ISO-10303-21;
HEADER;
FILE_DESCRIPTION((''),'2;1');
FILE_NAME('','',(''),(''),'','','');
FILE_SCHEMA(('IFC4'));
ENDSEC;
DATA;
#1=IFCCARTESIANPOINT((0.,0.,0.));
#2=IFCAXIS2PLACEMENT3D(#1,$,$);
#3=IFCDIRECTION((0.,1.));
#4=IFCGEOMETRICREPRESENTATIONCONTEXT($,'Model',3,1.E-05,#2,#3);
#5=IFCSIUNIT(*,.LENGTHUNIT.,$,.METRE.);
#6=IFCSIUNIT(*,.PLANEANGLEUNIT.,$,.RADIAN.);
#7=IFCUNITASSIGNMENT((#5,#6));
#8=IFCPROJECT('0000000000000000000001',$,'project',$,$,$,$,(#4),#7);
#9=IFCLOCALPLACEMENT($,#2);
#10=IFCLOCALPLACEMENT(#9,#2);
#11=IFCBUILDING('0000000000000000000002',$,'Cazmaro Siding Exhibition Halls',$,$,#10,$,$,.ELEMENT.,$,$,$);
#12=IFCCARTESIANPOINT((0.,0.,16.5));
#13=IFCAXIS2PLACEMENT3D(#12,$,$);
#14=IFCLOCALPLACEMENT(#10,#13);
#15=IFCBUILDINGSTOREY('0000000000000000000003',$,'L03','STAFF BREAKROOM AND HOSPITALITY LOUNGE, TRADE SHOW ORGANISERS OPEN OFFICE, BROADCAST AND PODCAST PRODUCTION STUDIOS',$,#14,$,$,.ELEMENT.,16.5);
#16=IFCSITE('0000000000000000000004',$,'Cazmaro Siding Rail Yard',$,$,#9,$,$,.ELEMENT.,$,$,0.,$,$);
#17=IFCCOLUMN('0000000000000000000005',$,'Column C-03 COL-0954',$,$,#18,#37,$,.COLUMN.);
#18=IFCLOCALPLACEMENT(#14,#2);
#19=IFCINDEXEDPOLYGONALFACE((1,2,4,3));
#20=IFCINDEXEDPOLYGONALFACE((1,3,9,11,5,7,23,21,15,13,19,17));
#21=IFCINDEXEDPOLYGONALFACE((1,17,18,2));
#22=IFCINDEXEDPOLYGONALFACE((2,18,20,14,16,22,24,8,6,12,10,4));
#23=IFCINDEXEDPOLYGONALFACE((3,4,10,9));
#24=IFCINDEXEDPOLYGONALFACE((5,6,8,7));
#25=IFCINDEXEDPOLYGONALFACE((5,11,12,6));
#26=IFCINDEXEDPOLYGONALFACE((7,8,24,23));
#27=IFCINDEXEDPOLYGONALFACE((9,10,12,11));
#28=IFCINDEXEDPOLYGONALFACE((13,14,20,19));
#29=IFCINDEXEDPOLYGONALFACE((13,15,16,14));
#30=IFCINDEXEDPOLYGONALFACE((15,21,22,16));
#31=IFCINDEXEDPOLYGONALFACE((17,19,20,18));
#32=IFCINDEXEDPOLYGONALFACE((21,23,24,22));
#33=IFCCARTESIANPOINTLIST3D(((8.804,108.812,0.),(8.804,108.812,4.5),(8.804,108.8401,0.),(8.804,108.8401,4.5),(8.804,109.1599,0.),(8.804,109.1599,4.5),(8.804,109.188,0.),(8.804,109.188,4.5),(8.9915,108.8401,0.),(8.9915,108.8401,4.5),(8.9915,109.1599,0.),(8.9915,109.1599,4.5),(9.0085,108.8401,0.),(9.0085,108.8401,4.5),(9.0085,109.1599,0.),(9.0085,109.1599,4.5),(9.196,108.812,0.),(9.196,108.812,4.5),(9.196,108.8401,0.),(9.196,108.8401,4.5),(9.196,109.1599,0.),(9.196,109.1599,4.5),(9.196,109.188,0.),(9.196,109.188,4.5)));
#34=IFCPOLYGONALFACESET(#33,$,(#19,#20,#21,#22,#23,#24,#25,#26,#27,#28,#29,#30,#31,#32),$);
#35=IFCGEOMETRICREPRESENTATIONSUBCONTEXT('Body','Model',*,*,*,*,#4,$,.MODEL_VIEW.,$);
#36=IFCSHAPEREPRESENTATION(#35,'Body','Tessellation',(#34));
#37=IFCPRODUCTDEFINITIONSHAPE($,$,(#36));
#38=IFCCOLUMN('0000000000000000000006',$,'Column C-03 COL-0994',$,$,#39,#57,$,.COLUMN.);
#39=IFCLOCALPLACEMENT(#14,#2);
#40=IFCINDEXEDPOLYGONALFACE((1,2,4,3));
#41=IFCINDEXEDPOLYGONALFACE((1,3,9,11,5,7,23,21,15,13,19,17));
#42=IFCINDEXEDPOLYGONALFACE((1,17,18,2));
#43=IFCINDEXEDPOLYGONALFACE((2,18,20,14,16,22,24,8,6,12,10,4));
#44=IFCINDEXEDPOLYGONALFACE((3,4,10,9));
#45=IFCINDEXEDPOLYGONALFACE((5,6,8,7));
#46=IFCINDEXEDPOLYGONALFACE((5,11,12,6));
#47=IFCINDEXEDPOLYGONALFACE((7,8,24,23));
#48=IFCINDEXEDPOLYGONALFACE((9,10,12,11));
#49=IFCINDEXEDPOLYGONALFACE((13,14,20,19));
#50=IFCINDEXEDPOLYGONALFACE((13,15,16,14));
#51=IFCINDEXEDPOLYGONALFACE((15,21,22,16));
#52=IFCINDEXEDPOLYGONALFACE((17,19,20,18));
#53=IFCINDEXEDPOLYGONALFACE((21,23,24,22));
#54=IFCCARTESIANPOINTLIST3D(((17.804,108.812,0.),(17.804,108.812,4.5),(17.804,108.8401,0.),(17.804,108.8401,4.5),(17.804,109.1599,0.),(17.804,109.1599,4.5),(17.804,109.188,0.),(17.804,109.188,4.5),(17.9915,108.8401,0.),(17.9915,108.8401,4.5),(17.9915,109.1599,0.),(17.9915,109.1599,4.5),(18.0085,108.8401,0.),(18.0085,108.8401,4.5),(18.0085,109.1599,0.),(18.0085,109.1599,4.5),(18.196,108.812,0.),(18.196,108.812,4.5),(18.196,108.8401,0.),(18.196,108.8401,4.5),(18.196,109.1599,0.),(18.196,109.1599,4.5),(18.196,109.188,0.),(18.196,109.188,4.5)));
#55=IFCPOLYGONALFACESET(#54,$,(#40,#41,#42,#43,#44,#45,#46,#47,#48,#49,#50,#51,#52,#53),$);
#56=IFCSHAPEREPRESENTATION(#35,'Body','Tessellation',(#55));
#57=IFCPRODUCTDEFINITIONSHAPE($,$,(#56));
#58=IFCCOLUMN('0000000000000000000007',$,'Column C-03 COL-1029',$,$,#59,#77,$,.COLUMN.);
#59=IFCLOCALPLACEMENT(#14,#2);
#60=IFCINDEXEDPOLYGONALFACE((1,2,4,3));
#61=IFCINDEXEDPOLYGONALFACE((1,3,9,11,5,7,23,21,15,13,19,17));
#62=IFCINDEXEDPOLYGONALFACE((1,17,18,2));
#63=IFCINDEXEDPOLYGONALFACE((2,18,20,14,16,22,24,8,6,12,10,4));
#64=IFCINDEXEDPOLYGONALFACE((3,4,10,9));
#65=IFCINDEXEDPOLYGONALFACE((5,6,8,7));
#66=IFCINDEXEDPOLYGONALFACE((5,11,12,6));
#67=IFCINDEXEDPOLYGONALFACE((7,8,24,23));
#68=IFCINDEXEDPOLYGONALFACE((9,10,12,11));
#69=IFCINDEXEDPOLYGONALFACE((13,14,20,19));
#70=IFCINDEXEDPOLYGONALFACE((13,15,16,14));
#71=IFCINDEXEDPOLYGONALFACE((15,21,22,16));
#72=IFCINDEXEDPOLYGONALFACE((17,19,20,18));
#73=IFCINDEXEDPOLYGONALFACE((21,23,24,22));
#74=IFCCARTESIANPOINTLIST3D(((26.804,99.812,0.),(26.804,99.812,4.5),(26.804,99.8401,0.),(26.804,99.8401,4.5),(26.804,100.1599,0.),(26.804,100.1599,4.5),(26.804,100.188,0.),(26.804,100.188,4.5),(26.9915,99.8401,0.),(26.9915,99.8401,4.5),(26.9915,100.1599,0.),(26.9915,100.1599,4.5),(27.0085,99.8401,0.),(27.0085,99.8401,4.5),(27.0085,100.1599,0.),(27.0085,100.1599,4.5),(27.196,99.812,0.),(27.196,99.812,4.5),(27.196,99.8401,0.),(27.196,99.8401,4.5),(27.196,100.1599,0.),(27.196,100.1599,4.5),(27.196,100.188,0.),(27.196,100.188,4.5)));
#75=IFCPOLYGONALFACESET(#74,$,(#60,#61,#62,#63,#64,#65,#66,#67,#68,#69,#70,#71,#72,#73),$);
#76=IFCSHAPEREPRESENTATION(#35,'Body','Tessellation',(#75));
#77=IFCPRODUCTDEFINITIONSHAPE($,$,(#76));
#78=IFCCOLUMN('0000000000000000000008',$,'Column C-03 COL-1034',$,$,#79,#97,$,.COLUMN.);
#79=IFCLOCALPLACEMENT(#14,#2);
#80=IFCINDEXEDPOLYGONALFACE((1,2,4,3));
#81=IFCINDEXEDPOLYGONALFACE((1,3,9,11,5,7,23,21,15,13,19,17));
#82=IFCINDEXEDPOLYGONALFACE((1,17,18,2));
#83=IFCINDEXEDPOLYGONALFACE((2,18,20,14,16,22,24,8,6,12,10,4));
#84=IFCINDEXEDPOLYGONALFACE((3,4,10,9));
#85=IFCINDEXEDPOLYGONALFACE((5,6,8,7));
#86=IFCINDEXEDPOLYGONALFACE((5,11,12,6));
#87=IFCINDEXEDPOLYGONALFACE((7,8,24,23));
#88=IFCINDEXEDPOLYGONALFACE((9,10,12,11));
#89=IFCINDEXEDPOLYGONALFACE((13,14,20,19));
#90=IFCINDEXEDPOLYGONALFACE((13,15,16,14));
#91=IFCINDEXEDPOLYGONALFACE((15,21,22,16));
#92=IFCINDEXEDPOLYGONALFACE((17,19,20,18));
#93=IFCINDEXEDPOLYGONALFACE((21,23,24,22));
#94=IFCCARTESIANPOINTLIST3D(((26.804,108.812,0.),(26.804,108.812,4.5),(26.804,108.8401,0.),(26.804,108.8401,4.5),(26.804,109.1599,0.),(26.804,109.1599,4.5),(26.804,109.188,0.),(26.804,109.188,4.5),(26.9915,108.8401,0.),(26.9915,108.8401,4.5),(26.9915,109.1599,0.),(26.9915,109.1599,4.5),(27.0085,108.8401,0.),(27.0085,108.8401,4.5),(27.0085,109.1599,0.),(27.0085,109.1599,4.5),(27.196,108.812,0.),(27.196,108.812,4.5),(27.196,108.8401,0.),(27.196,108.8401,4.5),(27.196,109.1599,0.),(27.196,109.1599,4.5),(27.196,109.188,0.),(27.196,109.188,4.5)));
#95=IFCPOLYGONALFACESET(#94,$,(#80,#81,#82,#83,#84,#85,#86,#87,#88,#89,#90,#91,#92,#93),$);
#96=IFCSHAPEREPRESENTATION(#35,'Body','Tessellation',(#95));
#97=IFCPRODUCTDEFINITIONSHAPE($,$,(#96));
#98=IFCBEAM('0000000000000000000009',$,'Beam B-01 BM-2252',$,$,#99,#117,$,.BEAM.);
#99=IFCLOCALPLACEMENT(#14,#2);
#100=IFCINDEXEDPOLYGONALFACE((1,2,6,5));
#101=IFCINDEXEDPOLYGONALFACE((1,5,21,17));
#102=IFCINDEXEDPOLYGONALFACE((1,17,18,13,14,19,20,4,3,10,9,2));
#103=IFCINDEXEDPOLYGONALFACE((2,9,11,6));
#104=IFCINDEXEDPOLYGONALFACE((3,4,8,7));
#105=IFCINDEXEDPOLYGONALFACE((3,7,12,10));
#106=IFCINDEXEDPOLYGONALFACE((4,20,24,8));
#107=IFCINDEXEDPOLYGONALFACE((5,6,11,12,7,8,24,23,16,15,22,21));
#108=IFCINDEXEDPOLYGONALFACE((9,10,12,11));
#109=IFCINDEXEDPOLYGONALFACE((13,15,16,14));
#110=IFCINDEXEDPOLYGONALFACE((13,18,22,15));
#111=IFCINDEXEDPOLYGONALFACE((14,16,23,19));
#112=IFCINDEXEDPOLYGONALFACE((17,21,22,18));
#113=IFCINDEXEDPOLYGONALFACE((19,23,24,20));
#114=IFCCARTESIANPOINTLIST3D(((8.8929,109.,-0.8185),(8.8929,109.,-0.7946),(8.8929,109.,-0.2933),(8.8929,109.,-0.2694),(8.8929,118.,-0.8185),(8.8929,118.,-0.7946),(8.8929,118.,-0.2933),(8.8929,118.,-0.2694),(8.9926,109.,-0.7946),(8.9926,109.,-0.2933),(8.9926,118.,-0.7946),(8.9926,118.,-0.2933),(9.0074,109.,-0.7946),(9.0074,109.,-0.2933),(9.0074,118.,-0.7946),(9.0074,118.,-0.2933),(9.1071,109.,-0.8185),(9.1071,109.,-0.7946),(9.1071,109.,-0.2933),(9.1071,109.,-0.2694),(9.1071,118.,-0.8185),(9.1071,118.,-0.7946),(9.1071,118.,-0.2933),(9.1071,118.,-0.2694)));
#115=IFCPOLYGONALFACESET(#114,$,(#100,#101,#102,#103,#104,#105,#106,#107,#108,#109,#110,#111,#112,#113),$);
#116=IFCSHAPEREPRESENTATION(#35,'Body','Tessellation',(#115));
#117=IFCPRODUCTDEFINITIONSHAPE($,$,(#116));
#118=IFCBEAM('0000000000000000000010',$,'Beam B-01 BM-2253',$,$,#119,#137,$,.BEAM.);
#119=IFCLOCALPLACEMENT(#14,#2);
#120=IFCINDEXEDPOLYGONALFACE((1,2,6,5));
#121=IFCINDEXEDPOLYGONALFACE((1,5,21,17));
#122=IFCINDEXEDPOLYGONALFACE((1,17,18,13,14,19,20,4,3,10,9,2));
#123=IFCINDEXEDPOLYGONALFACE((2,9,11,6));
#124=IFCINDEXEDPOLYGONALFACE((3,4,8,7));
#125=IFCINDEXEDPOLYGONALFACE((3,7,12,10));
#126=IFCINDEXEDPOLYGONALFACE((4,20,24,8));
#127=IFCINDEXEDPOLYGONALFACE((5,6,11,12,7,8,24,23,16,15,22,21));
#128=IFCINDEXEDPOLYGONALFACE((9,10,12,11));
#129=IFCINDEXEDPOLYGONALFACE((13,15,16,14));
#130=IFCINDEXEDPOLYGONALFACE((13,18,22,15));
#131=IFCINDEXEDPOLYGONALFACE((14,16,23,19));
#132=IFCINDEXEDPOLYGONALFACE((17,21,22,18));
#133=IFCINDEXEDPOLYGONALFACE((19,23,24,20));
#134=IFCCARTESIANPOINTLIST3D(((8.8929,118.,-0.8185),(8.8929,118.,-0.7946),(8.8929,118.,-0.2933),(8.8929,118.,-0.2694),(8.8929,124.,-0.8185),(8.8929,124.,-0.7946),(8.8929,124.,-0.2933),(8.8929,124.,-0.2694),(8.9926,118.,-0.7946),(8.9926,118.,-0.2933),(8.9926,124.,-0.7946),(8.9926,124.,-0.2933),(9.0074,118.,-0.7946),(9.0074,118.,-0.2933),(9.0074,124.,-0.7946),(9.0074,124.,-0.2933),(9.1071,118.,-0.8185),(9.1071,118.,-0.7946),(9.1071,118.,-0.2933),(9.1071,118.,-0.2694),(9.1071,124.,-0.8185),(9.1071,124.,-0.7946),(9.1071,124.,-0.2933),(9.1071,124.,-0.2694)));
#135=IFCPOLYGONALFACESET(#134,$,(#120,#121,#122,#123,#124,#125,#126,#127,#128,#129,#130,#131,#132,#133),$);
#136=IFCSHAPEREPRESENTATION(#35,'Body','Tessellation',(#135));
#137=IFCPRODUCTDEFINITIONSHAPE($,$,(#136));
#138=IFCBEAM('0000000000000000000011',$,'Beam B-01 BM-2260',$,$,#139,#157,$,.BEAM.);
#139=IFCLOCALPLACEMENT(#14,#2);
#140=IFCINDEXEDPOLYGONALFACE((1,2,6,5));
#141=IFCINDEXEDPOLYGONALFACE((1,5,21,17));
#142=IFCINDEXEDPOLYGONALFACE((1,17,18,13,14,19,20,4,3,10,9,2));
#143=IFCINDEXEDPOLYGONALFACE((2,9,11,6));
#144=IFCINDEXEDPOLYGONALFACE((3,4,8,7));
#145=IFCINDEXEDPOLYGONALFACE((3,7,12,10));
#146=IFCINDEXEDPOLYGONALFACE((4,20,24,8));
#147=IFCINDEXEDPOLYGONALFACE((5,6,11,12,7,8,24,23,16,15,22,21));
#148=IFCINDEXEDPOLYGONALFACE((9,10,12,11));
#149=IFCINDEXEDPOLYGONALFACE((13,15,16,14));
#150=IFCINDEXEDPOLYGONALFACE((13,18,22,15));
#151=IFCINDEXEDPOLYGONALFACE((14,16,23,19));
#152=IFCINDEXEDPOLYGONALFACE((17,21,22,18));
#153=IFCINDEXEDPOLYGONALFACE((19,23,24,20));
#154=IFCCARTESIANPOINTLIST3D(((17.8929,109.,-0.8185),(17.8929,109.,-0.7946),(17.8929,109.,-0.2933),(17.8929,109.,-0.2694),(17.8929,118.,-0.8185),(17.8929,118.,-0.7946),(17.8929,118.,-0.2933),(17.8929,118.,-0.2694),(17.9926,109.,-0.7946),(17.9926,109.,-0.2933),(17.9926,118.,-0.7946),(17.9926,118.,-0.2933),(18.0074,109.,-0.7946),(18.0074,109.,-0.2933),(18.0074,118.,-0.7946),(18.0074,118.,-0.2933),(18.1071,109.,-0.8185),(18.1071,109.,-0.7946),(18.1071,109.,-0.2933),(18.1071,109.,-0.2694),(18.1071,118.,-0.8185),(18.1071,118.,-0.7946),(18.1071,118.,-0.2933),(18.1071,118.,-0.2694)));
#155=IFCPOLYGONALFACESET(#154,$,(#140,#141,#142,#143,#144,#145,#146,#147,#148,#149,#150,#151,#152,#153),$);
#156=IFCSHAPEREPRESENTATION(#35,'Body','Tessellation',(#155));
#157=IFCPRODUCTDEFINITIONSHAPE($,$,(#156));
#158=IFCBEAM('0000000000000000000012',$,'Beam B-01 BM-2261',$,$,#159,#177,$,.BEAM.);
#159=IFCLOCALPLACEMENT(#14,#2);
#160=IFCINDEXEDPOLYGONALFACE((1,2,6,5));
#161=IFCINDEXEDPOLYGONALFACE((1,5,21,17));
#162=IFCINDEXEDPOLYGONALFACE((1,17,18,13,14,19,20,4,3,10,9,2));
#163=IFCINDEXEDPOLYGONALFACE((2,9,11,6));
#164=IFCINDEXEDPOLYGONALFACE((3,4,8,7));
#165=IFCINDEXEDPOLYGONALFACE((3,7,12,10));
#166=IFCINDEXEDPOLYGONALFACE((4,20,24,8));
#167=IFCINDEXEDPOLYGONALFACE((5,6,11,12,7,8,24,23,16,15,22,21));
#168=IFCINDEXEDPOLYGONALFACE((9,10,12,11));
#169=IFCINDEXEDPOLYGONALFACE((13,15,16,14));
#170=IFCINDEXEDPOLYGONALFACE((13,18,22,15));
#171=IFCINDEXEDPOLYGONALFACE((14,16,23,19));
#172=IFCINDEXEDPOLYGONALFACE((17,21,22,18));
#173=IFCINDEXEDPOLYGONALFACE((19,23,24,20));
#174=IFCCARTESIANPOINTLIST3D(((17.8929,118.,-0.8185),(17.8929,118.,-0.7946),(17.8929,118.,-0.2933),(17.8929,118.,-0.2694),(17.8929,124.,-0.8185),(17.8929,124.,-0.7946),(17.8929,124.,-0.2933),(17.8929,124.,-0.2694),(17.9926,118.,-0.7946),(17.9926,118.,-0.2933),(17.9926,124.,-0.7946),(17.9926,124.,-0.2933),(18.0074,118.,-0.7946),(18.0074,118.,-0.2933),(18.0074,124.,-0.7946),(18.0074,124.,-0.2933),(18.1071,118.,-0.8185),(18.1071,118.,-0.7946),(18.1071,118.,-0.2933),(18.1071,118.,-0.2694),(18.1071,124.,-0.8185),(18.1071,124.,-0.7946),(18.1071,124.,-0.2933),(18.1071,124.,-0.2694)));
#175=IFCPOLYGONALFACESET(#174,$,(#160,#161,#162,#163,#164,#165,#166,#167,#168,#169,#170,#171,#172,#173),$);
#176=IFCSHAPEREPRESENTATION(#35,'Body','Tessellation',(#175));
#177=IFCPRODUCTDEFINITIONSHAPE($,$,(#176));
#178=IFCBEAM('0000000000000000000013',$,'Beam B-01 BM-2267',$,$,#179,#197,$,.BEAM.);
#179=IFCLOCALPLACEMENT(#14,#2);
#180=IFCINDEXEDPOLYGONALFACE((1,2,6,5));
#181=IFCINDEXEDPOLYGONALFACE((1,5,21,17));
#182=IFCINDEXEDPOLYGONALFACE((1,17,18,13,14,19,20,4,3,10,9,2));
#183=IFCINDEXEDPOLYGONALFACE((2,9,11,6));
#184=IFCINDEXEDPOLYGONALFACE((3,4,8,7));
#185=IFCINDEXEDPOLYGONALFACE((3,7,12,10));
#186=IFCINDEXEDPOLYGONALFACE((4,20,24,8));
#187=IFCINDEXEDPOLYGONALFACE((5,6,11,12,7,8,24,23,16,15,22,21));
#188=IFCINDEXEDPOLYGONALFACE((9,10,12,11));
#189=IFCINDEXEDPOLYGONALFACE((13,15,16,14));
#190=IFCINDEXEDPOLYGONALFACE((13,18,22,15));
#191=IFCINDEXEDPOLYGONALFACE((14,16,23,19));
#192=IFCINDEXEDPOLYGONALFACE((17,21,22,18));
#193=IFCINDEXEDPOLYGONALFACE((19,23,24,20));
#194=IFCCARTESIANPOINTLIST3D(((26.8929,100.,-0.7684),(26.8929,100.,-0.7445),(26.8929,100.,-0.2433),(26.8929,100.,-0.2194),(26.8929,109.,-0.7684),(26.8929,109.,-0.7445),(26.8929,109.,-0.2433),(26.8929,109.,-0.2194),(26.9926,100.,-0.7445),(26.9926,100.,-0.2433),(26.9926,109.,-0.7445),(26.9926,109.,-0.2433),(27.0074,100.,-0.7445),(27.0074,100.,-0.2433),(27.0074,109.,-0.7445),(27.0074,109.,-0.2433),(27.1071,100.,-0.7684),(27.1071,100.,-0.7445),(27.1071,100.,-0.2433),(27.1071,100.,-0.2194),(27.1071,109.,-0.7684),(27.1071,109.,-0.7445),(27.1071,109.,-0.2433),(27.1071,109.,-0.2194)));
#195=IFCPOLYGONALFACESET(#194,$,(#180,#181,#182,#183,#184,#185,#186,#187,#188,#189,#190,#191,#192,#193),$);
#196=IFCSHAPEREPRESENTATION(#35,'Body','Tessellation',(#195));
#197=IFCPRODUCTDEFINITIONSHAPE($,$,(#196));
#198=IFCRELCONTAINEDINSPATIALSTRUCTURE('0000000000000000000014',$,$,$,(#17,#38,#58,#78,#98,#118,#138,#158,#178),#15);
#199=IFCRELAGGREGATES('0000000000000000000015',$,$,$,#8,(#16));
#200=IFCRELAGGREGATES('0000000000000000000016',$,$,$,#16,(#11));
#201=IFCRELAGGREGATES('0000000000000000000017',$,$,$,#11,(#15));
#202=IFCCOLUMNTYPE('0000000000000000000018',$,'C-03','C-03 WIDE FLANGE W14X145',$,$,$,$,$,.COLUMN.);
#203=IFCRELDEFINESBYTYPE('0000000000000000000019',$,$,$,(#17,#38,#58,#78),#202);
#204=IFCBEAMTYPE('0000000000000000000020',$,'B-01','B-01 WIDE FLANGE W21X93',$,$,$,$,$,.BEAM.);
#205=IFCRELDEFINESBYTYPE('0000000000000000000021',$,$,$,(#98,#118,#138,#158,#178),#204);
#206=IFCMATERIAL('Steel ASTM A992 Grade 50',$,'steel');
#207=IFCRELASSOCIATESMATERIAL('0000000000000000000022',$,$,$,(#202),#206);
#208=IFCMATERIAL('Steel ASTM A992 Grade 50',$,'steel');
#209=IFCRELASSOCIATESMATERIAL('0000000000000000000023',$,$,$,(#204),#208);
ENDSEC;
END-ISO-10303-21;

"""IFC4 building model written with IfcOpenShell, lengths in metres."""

from ifc_helpers import new_model, si_unit, direction, frame, origin, origin_2d, place, context, subcontext, project, spatial, i_section, extrude, material, material_profile, profile_set, type_object, element, save


model = new_model("IFC4")

# Units and contexts
model_context = context("Model", 3, precision=1e-05, world=origin(), true_north=direction((0.0, 1.0)))
body_context = subcontext(model_context, "Body", "Model", "MODEL_VIEW")
ifc_project = project(units=[si_unit("LENGTHUNIT", "METRE"), si_unit("PLANEANGLEUNIT", "RADIAN")], contexts=[model_context])

# Site, building, storey
site_placement = place(None, origin())
site = spatial("IfcSite", under=ifc_project, at=site_placement, Name="Cazmaro Siding Rail Yard", CompositionType="ELEMENT", RefElevation=0.0)
building_placement = place(site_placement, origin())
building = spatial("IfcBuilding", under=site, at=building_placement, Name="Cazmaro Siding Exhibition Halls", CompositionType="ELEMENT")
storey_placement = place(building_placement, frame((0.0, 0.0, 16.5)))
storey = spatial("IfcBuildingStorey", under=building, at=storey_placement, Name="L03", Description="STAFF BREAKROOM AND HOSPITALITY LOUNGE, TRADE SHOW ORGANISERS OPEN OFFICE, BROADCAST AND PODCAST PRODUCTION STUDIOS", CompositionType="ELEMENT", Elevation=16.5)

# Columns
ifc_material_1 = material(Name="Steel ASTM A992 Grade 50", Category="steel")
ifc_material_profile_1 = material_profile(ifc_material_1, i_section(OverallWidth=0.3921, OverallDepth=0.376, WebThickness=0.0171, FlangeThickness=0.0281, at=origin_2d()), Name="W14X145")
ifc_profile_set_1 = profile_set([ifc_material_profile_1], Name="Steel ASTM A992 Grade 50")
column_type = type_object("IfcColumnType", Name="C-03", Description="C-03 WIDE FLANGE W14X145", PredefinedType="COLUMN", material=ifc_profile_set_1)
for number, where, z_axis, x_axis, name in (
    (1, (9.0, 109.0, 0.0), (0.0, 0.0, 1.0), (1.0, 0.0, 0.0), "Column C-03 COL-0954"),
    (2, (18.0, 109.0, 0.0), (0.0, 0.0, 1.0), (1.0, 0.0, 0.0), "Column C-03 COL-0994"),
    (3, (27.0, 100.0, 0.0), (0.0, 0.0, 1.0), (1.0, 0.0, 0.0), "Column C-03 COL-1029"),
    (4, (27.0, 109.0, 0.0), (0.0, 0.0, 1.0), (1.0, 0.0, 0.0), "Column C-03 COL-1034"),
):
    element("IfcColumn", number, at=place(storey_placement, frame(where, z_axis=z_axis, x_axis=x_axis)), inside=storey, type_object=column_type, Name=name, PredefinedType="COLUMN", context=body_context, shape_type="SweptSolid", body=[
        extrude(i_section(OverallWidth=0.3921, OverallDepth=0.376, WebThickness=0.0171, FlangeThickness=0.0281, at=origin_2d()), origin(), (0.0, 0.0, 1.0), 4.5),
    ])

# Beams
ifc_material_2 = material(Name="Steel ASTM A992 Grade 50", Category="steel")
ifc_material_profile_2 = material_profile(ifc_material_2, i_section(OverallWidth=0.2141, OverallDepth=0.5491, WebThickness=0.0149, FlangeThickness=0.0239, at=origin_2d()), Name="W21X93")
ifc_profile_set_2 = profile_set([ifc_material_profile_2], Name="Steel ASTM A992 Grade 50")
beam_type_1 = type_object("IfcBeamType", Name="B-01", Description="B-01 WIDE FLANGE W21X93", PredefinedType="BEAM", material=ifc_profile_set_2)
beam_1_placement = place(storey_placement, frame((9.0, 109.0, -0.5439), z_axis=(0.0, 1.0, 0.0), x_axis=(-1.0, 0.0, 0.0)))
element("IfcBeam", 5, at=beam_1_placement, inside=storey, type_object=beam_type_1, Name="Beam B-01 BM-2252", PredefinedType="BEAM", context=body_context, shape_type="SweptSolid", body=[
    extrude(i_section(OverallWidth=0.2141, OverallDepth=0.5491, WebThickness=0.0149, FlangeThickness=0.0239, at=origin_2d()), origin(), (0.0, 0.0, 1.0), 9.0),
])
beam_2_placement = place(storey_placement, frame((9.0, 118.0, -0.5439), z_axis=(0.0, 1.0, 0.0), x_axis=(-1.0, 0.0, 0.0)))
element("IfcBeam", 6, at=beam_2_placement, inside=storey, type_object=beam_type_1, Name="Beam B-01 BM-2253", PredefinedType="BEAM", context=body_context, shape_type="SweptSolid", body=[
    extrude(i_section(OverallWidth=0.2141, OverallDepth=0.5491, WebThickness=0.0149, FlangeThickness=0.0239, at=origin_2d()), origin(), (0.0, 0.0, 1.0), 6.0),
])
beam_3_placement = place(storey_placement, frame((18.0, 109.0, -0.5439), z_axis=(0.0, 1.0, 0.0), x_axis=(-1.0, 0.0, 0.0)))
element("IfcBeam", 7, at=beam_3_placement, inside=storey, type_object=beam_type_1, Name="Beam B-01 BM-2260", PredefinedType="BEAM", context=body_context, shape_type="SweptSolid", body=[
    extrude(i_section(OverallWidth=0.2141, OverallDepth=0.5491, WebThickness=0.0149, FlangeThickness=0.0239, at=origin_2d()), origin(), (0.0, 0.0, 1.0), 9.0),
])
beam_4_placement = place(storey_placement, frame((18.0, 118.0, -0.5439), z_axis=(0.0, 1.0, 0.0), x_axis=(-1.0, 0.0, 0.0)))
element("IfcBeam", 8, at=beam_4_placement, inside=storey, type_object=beam_type_1, Name="Beam B-01 BM-2261", PredefinedType="BEAM", context=body_context, shape_type="SweptSolid", body=[
    extrude(i_section(OverallWidth=0.2141, OverallDepth=0.5491, WebThickness=0.0149, FlangeThickness=0.0239, at=origin_2d()), origin(), (0.0, 0.0, 1.0), 6.0),
])
for number, where, z_axis, x_axis, name in (
    (9, (27.0, 100.0, -0.4939), (0.0, 1.0, 0.0), (-1.0, 0.0, 0.0), "Beam B-01 BM-2267"),
):
    element("IfcBeam", number, at=place(storey_placement, frame(where, z_axis=z_axis, x_axis=x_axis)), inside=storey, type_object=beam_type_1, Name=name, PredefinedType="BEAM", context=body_context, shape_type="SweptSolid", body=[
        extrude(i_section(OverallWidth=0.2141, OverallDepth=0.5491, WebThickness=0.0149, FlangeThickness=0.0239, at=origin_2d()), origin(), (0.0, 0.0, 1.0), 9.0),
    ])

save(model, "model.ifc")
